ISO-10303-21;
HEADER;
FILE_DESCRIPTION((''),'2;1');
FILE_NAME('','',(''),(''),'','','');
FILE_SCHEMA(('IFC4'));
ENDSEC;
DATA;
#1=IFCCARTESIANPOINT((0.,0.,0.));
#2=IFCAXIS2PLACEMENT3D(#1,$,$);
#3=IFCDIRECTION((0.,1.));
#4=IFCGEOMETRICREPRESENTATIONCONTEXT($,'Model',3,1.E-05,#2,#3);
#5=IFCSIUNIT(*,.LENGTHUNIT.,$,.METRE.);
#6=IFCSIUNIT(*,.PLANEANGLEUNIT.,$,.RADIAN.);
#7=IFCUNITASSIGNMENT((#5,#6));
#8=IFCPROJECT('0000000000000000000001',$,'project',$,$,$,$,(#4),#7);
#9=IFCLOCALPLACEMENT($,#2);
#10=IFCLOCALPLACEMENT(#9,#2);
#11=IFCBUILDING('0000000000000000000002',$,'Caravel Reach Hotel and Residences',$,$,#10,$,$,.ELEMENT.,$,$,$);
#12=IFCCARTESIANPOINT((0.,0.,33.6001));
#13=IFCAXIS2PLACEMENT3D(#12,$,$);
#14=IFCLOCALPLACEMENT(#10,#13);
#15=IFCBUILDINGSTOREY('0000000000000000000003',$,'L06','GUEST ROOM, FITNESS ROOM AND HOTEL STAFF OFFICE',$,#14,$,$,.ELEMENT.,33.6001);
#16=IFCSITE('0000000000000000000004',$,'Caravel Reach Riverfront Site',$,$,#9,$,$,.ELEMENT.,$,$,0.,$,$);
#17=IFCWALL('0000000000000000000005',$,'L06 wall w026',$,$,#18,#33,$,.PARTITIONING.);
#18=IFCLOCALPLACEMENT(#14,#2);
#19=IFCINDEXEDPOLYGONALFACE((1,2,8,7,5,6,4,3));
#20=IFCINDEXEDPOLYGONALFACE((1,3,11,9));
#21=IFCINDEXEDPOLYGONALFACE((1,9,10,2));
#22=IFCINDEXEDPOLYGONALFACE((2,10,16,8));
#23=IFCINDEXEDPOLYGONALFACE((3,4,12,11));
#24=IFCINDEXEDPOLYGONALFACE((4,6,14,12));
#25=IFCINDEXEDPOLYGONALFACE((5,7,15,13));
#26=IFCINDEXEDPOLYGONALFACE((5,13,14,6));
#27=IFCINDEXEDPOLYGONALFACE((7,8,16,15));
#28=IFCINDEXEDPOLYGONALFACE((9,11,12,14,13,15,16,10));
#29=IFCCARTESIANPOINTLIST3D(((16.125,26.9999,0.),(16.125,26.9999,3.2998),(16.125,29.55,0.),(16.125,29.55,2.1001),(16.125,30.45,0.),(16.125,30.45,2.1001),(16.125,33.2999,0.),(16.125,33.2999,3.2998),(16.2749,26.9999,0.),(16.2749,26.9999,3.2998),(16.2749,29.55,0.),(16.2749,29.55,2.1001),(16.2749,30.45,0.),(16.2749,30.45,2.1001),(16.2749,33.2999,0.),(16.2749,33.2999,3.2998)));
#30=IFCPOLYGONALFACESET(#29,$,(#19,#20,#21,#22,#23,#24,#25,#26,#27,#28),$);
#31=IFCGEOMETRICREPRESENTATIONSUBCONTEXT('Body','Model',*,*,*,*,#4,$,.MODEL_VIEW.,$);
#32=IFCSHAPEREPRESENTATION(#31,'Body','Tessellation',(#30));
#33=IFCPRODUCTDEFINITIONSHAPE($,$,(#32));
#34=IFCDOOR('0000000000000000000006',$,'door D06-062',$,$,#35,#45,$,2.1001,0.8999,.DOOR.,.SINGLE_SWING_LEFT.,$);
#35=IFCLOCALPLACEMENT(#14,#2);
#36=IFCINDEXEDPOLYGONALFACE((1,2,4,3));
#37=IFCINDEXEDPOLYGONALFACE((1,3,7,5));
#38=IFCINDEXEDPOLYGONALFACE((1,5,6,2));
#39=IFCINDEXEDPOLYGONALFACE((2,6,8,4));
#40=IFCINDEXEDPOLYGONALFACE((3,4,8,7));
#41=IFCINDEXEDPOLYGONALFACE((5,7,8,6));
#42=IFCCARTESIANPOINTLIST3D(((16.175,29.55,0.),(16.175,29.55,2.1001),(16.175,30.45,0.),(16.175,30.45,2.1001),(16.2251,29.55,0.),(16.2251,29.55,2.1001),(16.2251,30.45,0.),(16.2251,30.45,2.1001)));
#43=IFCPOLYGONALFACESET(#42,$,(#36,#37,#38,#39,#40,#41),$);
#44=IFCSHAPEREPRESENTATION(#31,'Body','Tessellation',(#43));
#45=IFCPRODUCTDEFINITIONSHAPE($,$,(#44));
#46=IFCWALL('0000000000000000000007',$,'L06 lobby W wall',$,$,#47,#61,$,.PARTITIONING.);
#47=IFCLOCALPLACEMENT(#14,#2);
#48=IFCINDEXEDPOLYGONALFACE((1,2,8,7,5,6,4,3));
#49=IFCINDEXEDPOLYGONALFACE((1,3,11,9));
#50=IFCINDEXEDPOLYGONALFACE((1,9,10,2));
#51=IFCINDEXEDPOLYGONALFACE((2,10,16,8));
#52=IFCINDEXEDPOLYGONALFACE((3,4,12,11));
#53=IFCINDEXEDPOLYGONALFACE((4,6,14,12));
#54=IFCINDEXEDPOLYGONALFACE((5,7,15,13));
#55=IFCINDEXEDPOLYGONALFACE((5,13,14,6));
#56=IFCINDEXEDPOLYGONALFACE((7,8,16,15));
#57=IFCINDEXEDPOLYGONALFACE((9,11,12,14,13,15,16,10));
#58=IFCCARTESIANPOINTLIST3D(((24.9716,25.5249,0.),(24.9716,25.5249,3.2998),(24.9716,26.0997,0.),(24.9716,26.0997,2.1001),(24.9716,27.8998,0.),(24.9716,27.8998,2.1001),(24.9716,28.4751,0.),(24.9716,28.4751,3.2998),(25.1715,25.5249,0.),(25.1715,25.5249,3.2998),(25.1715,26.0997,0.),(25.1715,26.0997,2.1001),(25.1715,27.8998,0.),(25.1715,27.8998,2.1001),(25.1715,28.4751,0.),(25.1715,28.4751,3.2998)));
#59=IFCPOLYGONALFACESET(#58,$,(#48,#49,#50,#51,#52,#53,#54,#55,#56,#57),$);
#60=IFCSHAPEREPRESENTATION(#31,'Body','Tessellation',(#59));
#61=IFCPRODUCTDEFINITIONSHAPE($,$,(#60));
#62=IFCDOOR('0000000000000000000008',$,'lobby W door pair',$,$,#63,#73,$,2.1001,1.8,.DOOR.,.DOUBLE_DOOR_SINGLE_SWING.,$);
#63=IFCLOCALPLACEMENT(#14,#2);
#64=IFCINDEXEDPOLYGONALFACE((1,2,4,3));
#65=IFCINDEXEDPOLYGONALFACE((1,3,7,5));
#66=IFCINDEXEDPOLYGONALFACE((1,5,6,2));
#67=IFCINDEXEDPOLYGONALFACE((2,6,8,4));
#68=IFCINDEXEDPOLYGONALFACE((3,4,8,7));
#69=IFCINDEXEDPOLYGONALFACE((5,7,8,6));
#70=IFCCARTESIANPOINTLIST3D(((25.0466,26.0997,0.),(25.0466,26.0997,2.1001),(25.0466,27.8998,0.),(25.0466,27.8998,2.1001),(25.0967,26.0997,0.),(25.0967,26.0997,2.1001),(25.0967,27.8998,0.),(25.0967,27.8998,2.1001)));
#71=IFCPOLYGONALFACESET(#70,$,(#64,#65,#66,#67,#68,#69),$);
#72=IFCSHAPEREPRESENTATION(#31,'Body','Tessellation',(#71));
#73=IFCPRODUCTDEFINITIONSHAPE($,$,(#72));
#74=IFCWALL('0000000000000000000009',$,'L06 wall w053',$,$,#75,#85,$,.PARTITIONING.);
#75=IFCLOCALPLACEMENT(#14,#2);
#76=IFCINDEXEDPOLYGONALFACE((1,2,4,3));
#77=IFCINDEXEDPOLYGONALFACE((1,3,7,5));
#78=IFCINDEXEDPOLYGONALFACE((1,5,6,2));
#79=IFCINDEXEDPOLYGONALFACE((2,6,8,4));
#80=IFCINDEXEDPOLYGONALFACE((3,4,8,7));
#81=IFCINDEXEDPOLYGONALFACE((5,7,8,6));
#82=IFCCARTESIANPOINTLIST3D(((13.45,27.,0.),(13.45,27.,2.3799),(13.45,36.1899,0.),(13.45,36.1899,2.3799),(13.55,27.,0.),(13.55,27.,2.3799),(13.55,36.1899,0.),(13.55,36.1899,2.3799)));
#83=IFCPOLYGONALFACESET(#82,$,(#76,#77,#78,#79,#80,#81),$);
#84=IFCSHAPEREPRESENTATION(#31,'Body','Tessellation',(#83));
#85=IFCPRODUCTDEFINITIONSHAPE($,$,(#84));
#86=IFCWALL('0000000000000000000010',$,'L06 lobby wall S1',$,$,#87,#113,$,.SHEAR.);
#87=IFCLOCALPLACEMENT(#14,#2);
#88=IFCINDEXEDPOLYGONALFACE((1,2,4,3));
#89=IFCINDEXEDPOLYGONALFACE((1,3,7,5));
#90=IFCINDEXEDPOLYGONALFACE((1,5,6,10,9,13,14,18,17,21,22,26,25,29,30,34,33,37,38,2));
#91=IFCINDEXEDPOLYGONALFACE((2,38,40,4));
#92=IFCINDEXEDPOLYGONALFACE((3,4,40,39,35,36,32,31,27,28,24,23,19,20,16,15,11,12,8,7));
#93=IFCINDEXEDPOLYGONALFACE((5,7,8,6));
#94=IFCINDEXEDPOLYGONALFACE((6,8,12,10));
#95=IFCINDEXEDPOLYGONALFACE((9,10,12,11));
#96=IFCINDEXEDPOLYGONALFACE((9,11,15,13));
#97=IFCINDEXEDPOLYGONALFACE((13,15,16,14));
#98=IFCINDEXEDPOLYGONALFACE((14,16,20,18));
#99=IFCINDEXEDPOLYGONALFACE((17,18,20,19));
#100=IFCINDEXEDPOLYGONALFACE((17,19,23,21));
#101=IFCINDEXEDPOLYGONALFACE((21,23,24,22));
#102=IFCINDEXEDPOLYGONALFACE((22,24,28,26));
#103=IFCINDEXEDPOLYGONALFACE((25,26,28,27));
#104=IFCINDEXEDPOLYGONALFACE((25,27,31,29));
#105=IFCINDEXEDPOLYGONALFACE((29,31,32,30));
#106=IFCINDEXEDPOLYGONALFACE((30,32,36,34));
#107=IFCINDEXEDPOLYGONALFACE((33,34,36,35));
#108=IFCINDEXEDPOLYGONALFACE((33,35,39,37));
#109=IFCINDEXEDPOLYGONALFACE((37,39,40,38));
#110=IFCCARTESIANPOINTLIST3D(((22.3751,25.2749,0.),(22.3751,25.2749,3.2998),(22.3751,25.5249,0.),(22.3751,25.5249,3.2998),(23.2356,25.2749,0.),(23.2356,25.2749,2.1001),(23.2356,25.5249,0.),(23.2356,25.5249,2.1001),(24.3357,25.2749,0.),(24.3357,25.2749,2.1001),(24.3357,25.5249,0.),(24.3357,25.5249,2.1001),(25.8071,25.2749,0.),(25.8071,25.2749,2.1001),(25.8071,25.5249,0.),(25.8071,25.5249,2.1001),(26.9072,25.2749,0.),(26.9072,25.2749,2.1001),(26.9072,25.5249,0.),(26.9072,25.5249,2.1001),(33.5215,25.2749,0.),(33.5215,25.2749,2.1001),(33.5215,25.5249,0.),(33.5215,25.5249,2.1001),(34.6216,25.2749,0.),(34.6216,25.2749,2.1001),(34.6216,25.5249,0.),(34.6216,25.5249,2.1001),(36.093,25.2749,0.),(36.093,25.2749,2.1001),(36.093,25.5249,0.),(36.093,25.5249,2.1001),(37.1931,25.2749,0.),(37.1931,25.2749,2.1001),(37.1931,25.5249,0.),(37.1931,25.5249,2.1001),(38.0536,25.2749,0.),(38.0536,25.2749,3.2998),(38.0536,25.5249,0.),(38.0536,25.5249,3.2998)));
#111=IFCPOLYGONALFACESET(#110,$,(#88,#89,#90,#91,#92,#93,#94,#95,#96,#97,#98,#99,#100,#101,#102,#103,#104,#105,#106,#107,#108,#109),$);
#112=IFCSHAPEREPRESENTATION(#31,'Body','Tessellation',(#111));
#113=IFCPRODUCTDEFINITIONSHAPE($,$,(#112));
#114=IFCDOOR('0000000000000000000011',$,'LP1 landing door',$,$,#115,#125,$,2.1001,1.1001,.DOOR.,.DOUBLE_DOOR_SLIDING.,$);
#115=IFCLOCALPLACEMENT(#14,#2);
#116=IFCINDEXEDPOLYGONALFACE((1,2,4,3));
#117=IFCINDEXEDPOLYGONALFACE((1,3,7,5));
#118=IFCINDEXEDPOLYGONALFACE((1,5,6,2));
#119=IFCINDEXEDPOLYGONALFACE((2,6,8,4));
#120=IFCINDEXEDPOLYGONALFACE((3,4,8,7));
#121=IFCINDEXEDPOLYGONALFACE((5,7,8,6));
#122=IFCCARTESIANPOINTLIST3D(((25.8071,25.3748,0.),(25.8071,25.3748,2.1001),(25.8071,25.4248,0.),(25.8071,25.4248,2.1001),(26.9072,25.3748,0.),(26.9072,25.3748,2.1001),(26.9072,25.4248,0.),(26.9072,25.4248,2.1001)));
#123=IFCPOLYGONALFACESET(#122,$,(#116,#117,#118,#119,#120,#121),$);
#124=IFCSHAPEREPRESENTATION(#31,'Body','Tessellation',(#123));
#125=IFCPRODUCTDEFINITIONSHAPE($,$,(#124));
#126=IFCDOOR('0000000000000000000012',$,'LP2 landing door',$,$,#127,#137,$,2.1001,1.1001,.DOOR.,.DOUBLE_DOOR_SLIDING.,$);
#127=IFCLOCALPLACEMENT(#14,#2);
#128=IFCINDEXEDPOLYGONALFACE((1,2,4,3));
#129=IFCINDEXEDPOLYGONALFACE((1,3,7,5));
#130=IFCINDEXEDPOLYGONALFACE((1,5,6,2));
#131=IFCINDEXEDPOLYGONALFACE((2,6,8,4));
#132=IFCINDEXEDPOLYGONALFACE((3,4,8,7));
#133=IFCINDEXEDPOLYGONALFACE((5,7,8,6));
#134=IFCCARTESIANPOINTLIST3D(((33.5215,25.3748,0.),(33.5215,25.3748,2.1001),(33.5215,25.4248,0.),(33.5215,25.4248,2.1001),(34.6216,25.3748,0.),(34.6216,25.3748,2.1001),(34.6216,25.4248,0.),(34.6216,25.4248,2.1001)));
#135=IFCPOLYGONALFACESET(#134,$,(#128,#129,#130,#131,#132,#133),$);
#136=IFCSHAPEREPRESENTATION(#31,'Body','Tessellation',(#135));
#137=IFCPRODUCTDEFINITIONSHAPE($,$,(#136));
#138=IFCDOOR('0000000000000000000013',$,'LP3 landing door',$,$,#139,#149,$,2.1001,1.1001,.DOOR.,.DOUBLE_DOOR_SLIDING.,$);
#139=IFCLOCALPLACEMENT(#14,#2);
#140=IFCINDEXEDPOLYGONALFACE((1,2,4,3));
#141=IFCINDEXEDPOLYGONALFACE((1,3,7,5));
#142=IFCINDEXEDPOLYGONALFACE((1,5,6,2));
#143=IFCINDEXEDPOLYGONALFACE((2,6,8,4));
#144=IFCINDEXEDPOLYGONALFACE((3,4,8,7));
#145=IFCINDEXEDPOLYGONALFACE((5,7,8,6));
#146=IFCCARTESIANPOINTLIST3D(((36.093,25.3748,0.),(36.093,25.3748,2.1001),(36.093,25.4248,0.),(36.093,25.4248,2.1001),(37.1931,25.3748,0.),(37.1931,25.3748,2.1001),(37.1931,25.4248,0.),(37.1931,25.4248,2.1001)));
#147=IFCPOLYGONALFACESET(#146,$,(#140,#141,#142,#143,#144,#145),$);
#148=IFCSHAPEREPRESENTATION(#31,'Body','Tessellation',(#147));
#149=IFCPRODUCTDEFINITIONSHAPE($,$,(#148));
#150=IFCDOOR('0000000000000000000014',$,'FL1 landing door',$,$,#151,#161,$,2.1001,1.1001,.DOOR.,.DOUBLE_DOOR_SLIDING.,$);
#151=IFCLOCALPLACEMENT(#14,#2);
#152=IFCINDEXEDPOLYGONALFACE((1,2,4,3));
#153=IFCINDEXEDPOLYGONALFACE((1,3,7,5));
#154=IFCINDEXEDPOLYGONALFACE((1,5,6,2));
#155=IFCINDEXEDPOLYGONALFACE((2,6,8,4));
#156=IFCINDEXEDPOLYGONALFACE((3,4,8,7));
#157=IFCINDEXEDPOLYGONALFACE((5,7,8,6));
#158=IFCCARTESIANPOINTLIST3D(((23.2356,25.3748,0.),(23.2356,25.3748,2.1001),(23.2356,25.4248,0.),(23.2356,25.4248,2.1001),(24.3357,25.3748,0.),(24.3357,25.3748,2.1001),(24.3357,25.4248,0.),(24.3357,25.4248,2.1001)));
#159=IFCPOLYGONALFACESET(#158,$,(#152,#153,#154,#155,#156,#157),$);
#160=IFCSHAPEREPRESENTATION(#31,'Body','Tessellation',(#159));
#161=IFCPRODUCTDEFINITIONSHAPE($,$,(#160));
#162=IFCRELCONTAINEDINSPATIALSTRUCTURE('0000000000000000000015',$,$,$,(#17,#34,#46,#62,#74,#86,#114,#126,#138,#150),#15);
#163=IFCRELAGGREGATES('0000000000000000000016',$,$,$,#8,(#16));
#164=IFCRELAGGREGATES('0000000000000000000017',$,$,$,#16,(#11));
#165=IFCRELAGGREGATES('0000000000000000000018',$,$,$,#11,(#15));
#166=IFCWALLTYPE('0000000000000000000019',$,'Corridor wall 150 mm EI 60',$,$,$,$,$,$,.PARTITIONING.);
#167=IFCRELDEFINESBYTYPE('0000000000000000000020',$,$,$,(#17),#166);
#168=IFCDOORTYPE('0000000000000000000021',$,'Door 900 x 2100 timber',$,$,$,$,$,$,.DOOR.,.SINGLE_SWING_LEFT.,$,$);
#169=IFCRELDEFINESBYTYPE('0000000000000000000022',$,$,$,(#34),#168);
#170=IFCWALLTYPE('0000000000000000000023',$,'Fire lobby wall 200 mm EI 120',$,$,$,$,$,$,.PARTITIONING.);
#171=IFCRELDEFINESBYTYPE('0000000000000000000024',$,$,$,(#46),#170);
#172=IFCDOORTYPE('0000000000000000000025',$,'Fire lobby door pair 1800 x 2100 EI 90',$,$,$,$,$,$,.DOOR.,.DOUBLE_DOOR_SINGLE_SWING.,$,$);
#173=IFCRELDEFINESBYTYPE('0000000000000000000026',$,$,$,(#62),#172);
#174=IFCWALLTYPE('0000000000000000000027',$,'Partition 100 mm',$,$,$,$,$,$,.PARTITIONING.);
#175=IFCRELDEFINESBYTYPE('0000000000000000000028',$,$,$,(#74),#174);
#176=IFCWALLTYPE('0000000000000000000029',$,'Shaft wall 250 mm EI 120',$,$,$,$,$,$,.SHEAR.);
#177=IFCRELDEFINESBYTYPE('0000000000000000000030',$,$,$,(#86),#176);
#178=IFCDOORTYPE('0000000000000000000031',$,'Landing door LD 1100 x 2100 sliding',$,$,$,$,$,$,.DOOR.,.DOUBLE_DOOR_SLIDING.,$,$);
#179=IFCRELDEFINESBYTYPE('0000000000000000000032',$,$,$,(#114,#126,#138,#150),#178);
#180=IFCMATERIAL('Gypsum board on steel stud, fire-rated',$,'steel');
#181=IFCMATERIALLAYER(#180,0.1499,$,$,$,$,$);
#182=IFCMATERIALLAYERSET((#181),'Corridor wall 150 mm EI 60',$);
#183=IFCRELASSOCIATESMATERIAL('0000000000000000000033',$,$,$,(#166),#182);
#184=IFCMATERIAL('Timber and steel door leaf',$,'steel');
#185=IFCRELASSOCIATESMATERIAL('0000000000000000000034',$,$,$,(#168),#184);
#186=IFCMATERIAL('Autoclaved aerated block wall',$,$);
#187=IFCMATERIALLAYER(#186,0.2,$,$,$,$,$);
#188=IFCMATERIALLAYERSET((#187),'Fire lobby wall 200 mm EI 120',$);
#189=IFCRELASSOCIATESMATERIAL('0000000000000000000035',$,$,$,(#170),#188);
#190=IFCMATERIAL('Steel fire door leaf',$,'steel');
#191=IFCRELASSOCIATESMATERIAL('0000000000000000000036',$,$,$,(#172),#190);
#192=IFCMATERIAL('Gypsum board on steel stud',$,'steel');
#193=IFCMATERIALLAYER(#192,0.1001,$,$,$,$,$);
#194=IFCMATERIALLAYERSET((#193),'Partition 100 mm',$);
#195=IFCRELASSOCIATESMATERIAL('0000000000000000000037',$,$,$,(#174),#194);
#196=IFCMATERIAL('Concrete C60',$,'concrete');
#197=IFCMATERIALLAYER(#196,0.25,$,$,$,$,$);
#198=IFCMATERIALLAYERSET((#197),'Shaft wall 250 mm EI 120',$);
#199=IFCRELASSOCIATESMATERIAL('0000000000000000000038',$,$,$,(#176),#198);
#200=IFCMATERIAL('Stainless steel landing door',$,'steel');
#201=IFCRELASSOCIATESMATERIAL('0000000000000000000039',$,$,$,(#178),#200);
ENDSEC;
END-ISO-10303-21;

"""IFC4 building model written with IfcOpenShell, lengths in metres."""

from ifc_helpers import new_model, si_unit, direction, frame, frame_2d, origin, place, context, subcontext, project, spatial, rectangle, extrude, material, layer, layer_set, type_object, element, fill, save


model = new_model("IFC4")

# Units and contexts
model_context = context("Model", 3, precision=1e-05, world=origin(), true_north=direction((0.0, 1.0)))
body_context = subcontext(model_context, "Body", "Model", "MODEL_VIEW")
ifc_project = project(units=[si_unit("LENGTHUNIT", "METRE"), si_unit("PLANEANGLEUNIT", "RADIAN")], contexts=[model_context])

# Site, building, storey
site_placement = place(None, origin())
site = spatial("IfcSite", under=ifc_project, at=site_placement, Name="Caravel Reach Riverfront Site", CompositionType="ELEMENT", RefElevation=0.0)
building_placement = place(site_placement, origin())
building = spatial("IfcBuilding", under=site, at=building_placement, Name="Caravel Reach Hotel and Residences", CompositionType="ELEMENT")
storey_placement = place(building_placement, frame((0.0, 0.0, 33.6001)))
storey = spatial("IfcBuildingStorey", under=building, at=storey_placement, Name="L06", Description="GUEST ROOM, FITNESS ROOM AND HOTEL STAFF OFFICE", CompositionType="ELEMENT", Elevation=33.6001)

# Walls, openings, doors
ifc_material_1 = material(Name="Gypsum board on steel stud, fire-rated", Category="steel")
ifc_layer_1 = layer(ifc_material_1, 0.1499)
ifc_layer_set_1 = layer_set([ifc_layer_1], Name="Corridor wall 150 mm EI 60")
wall_type_1 = type_object("IfcWallType", Name="Corridor wall 150 mm EI 60", PredefinedType="PARTITIONING", material=ifc_layer_set_1)
wall_1_placement = place(storey_placement, frame((16.2, 27.0, 0.0), z_axis=(0.0, 0.0, 1.0), x_axis=(0.0, 1.0, 0.0)))
wall_1 = element("IfcWall", 1, at=wall_1_placement, inside=storey, type_object=wall_type_1, Name="L06 wall w026", PredefinedType="PARTITIONING", context=body_context, shape_type="SweptSolid", body=[
    extrude(rectangle(XDim=6.3, YDim=0.1499, at=frame_2d((3.1499, 0.0))), origin(), (0.0, 0.0, 1.0), 3.2998),
])
opening_1_placement = place(wall_1_placement, frame((2.55, 0.0, 0.0)))
opening_1 = element("IfcOpeningElement", 2, at=opening_1_placement, cuts=wall_1, PredefinedType="OPENING", context=body_context, shape_type="SweptSolid", body=[
    extrude(rectangle(XDim=0.8999, YDim=2.1001, at=frame_2d((0.45, 1.05))), frame((0.0, 0.085, 0.0), z_axis=(0.0, -1.0, 0.0), x_axis=(1.0, 0.0, 0.0)), (0.0, 0.0, 1.0), 0.1699),
])
ifc_material_2 = material(Name="Timber and steel door leaf", Category="steel")
door_type_1 = type_object("IfcDoorType", Name="Door 900 x 2100 timber", OperationType="SINGLE_SWING_LEFT", PredefinedType="DOOR", material=ifc_material_2)
door_1_placement = place(opening_1_placement, origin())
door_1 = element("IfcDoor", 3, at=door_1_placement, inside=storey, type_object=door_type_1, Name="door D06-062", OperationType="SINGLE_SWING_LEFT", OverallHeight=2.1001, OverallWidth=0.8999, PredefinedType="DOOR", context=body_context, shape_type="SweptSolid", body=[
    extrude(rectangle(XDim=0.8999, YDim=2.1001, at=frame_2d((0.45, 1.05))), frame((0.0, 0.0249, 0.0), z_axis=(0.0, -1.0, 0.0), x_axis=(1.0, 0.0, 0.0)), (0.0, 0.0, 1.0), 0.05),
])
fill(opening_1, door_1)
ifc_material_3 = material(Name="Autoclaved aerated block wall")
ifc_layer_2 = layer(ifc_material_3, 0.2)
ifc_layer_set_2 = layer_set([ifc_layer_2], Name="Fire lobby wall 200 mm EI 120")
wall_type_2 = type_object("IfcWallType", Name="Fire lobby wall 200 mm EI 120", PredefinedType="PARTITIONING", material=ifc_layer_set_2)
wall_2_placement = place(storey_placement, frame((25.0715, 25.5249, 0.0), z_axis=(0.0, 0.0, 1.0), x_axis=(0.0, 1.0, 0.0)))
wall_2 = element("IfcWall", 4, at=wall_2_placement, inside=storey, type_object=wall_type_2, Name="L06 lobby W wall", PredefinedType="PARTITIONING", context=body_context, shape_type="SweptSolid", body=[
    extrude(rectangle(XDim=2.9502, YDim=0.2, at=frame_2d((1.4751, 0.0))), origin(), (0.0, 0.0, 1.0), 3.2998),
])
opening_2_placement = place(wall_2_placement, frame((0.575, 0.0, 0.0)))
opening_2 = element("IfcOpeningElement", 5, at=opening_2_placement, cuts=wall_2, PredefinedType="OPENING", context=body_context, shape_type="SweptSolid", body=[
    extrude(rectangle(XDim=1.8, YDim=2.1001, at=frame_2d((0.8999, 1.05))), frame((0.0, 0.1099, 0.0), z_axis=(0.0, -1.0, 0.0), x_axis=(1.0, 0.0, 0.0)), (0.0, 0.0, 1.0), 0.22),
])
ifc_material_4 = material(Name="Steel fire door leaf", Category="steel")
door_type_2 = type_object("IfcDoorType", Name="Fire lobby door pair 1800 x 2100 EI 90", OperationType="DOUBLE_DOOR_SINGLE_SWING", PredefinedType="DOOR", material=ifc_material_4)
door_2_placement = place(opening_2_placement, origin())
door_2 = element("IfcDoor", 6, at=door_2_placement, inside=storey, type_object=door_type_2, Name="lobby W door pair", OperationType="DOUBLE_DOOR_SINGLE_SWING", OverallHeight=2.1001, OverallWidth=1.8, PredefinedType="DOOR", context=body_context, shape_type="SweptSolid", body=[
    extrude(rectangle(XDim=1.8, YDim=2.1001, at=frame_2d((0.8999, 1.05))), frame((0.0, 0.0249, 0.0), z_axis=(0.0, -1.0, 0.0), x_axis=(1.0, 0.0, 0.0)), (0.0, 0.0, 1.0), 0.05),
])
fill(opening_2, door_2)

# Wall
ifc_material_5 = material(Name="Gypsum board on steel stud", Category="steel")
ifc_layer_3 = layer(ifc_material_5, 0.1001)
ifc_layer_set_3 = layer_set([ifc_layer_3], Name="Partition 100 mm")
wall_type_3 = type_object("IfcWallType", Name="Partition 100 mm", PredefinedType="PARTITIONING", material=ifc_layer_set_3)
wall_3_placement = place(storey_placement, frame((13.5, 27.0, 0.0), z_axis=(0.0, 0.0, 1.0), x_axis=(0.0, 1.0, 0.0)))
element("IfcWall", 7, at=wall_3_placement, inside=storey, type_object=wall_type_3, Name="L06 wall w053", PredefinedType="PARTITIONING", context=body_context, shape_type="SweptSolid", body=[
    extrude(rectangle(XDim=9.1899, YDim=0.1001, at=frame_2d((4.595, 0.0))), origin(), (0.0, 0.0, 1.0), 2.3799),
])

# Wall, openings, doors
ifc_material_6 = material(Name="Concrete C60", Category="concrete")
ifc_layer_4 = layer(ifc_material_6, 0.25)
ifc_layer_set_4 = layer_set([ifc_layer_4], Name="Shaft wall 250 mm EI 120")
wall_type_4 = type_object("IfcWallType", Name="Shaft wall 250 mm EI 120", PredefinedType="SHEAR", material=ifc_layer_set_4)
wall_4_placement = place(storey_placement, frame((22.375, 25.3999, 0.0), z_axis=(0.0, 0.0, 1.0), x_axis=(1.0, 0.0, 0.0)))
wall_4 = element("IfcWall", 8, at=wall_4_placement, inside=storey, type_object=wall_type_4, Name="L06 lobby wall S1", PredefinedType="SHEAR", context=body_context, shape_type="SweptSolid", body=[
    extrude(rectangle(XDim=15.6785, YDim=0.25, at=frame_2d((7.8394, 0.0))), origin(), (0.0, 0.0, 1.0), 3.2998),
])
opening_3_placement = place(wall_4_placement, frame((3.4321, 0.0, 0.0)))
opening_3 = element("IfcOpeningElement", 9, at=opening_3_placement, cuts=wall_4, PredefinedType="OPENING", context=body_context, shape_type="SweptSolid", body=[
    extrude(rectangle(XDim=1.1001, YDim=2.1001, at=frame_2d((0.55, 1.05))), frame((0.0, 0.135, 0.0), z_axis=(0.0, -1.0, 0.0), x_axis=(1.0, 0.0, 0.0)), (0.0, 0.0, 1.0), 0.27),
])
opening_4_placement = place(wall_4_placement, frame((11.1465, 0.0, 0.0)))
opening_4 = element("IfcOpeningElement", 10, at=opening_4_placement, cuts=wall_4, PredefinedType="OPENING", context=body_context, shape_type="SweptSolid", body=[
    extrude(rectangle(XDim=1.1001, YDim=2.1001, at=frame_2d((0.55, 1.05))), frame((0.0, 0.135, 0.0), z_axis=(0.0, -1.0, 0.0), x_axis=(1.0, 0.0, 0.0)), (0.0, 0.0, 1.0), 0.27),
])
opening_5_placement = place(wall_4_placement, frame((13.718, 0.0, 0.0)))
opening_5 = element("IfcOpeningElement", 11, at=opening_5_placement, cuts=wall_4, PredefinedType="OPENING", context=body_context, shape_type="SweptSolid", body=[
    extrude(rectangle(XDim=1.1001, YDim=2.1001, at=frame_2d((0.55, 1.05))), frame((0.0, 0.135, 0.0), z_axis=(0.0, -1.0, 0.0), x_axis=(1.0, 0.0, 0.0)), (0.0, 0.0, 1.0), 0.27),
])
opening_6_placement = place(wall_4_placement, frame((0.8606, 0.0, 0.0)))
opening_6 = element("IfcOpeningElement", 12, at=opening_6_placement, cuts=wall_4, PredefinedType="OPENING", context=body_context, shape_type="SweptSolid", body=[
    extrude(rectangle(XDim=1.1001, YDim=2.1001, at=frame_2d((0.55, 1.05))), frame((0.0, 0.135, 0.0), z_axis=(0.0, -1.0, 0.0), x_axis=(1.0, 0.0, 0.0)), (0.0, 0.0, 1.0), 0.27),
])
ifc_material_7 = material(Name="Stainless steel landing door", Category="steel")
door_type_3 = type_object("IfcDoorType", Name="Landing door LD 1100 x 2100 sliding", OperationType="DOUBLE_DOOR_SLIDING", PredefinedType="DOOR", material=ifc_material_7)
door_3_placement = place(opening_3_placement, origin())
door_3 = element("IfcDoor", 13, at=door_3_placement, inside=storey, type_object=door_type_3, Name="LP1 landing door", OperationType="DOUBLE_DOOR_SLIDING", OverallHeight=2.1001, OverallWidth=1.1001, PredefinedType="DOOR", context=body_context, shape_type="SweptSolid", body=[
    extrude(rectangle(XDim=1.1001, YDim=2.1001, at=frame_2d((0.55, 1.05))), frame((0.0, 0.0249, 0.0), z_axis=(0.0, -1.0, 0.0), x_axis=(1.0, 0.0, 0.0)), (0.0, 0.0, 1.0), 0.05),
])
fill(opening_3, door_3)
door_4_placement = place(opening_4_placement, origin())
door_4 = element("IfcDoor", 14, at=door_4_placement, inside=storey, type_object=door_type_3, Name="LP2 landing door", OperationType="DOUBLE_DOOR_SLIDING", OverallHeight=2.1001, OverallWidth=1.1001, PredefinedType="DOOR", context=body_context, shape_type="SweptSolid", body=[
    extrude(rectangle(XDim=1.1001, YDim=2.1001, at=frame_2d((0.55, 1.05))), frame((0.0, 0.0249, 0.0), z_axis=(0.0, -1.0, 0.0), x_axis=(1.0, 0.0, 0.0)), (0.0, 0.0, 1.0), 0.05),
])
fill(opening_4, door_4)
door_5_placement = place(opening_5_placement, origin())
door_5 = element("IfcDoor", 15, at=door_5_placement, inside=storey, type_object=door_type_3, Name="LP3 landing door", OperationType="DOUBLE_DOOR_SLIDING", OverallHeight=2.1001, OverallWidth=1.1001, PredefinedType="DOOR", context=body_context, shape_type="SweptSolid", body=[
    extrude(rectangle(XDim=1.1001, YDim=2.1001, at=frame_2d((0.55, 1.05))), frame((0.0, 0.0249, 0.0), z_axis=(0.0, -1.0, 0.0), x_axis=(1.0, 0.0, 0.0)), (0.0, 0.0, 1.0), 0.05),
])
fill(opening_5, door_5)
door_6_placement = place(opening_6_placement, origin())
door_6 = element("IfcDoor", 16, at=door_6_placement, inside=storey, type_object=door_type_3, Name="FL1 landing door", OperationType="DOUBLE_DOOR_SLIDING", OverallHeight=2.1001, OverallWidth=1.1001, PredefinedType="DOOR", context=body_context, shape_type="SweptSolid", body=[
    extrude(rectangle(XDim=1.1001, YDim=2.1001, at=frame_2d((0.55, 1.05))), frame((0.0, 0.0249, 0.0), z_axis=(0.0, -1.0, 0.0), x_axis=(1.0, 0.0, 0.0)), (0.0, 0.0, 1.0), 0.05),
])
fill(opening_6, door_6)

save(model, "model.ifc")
